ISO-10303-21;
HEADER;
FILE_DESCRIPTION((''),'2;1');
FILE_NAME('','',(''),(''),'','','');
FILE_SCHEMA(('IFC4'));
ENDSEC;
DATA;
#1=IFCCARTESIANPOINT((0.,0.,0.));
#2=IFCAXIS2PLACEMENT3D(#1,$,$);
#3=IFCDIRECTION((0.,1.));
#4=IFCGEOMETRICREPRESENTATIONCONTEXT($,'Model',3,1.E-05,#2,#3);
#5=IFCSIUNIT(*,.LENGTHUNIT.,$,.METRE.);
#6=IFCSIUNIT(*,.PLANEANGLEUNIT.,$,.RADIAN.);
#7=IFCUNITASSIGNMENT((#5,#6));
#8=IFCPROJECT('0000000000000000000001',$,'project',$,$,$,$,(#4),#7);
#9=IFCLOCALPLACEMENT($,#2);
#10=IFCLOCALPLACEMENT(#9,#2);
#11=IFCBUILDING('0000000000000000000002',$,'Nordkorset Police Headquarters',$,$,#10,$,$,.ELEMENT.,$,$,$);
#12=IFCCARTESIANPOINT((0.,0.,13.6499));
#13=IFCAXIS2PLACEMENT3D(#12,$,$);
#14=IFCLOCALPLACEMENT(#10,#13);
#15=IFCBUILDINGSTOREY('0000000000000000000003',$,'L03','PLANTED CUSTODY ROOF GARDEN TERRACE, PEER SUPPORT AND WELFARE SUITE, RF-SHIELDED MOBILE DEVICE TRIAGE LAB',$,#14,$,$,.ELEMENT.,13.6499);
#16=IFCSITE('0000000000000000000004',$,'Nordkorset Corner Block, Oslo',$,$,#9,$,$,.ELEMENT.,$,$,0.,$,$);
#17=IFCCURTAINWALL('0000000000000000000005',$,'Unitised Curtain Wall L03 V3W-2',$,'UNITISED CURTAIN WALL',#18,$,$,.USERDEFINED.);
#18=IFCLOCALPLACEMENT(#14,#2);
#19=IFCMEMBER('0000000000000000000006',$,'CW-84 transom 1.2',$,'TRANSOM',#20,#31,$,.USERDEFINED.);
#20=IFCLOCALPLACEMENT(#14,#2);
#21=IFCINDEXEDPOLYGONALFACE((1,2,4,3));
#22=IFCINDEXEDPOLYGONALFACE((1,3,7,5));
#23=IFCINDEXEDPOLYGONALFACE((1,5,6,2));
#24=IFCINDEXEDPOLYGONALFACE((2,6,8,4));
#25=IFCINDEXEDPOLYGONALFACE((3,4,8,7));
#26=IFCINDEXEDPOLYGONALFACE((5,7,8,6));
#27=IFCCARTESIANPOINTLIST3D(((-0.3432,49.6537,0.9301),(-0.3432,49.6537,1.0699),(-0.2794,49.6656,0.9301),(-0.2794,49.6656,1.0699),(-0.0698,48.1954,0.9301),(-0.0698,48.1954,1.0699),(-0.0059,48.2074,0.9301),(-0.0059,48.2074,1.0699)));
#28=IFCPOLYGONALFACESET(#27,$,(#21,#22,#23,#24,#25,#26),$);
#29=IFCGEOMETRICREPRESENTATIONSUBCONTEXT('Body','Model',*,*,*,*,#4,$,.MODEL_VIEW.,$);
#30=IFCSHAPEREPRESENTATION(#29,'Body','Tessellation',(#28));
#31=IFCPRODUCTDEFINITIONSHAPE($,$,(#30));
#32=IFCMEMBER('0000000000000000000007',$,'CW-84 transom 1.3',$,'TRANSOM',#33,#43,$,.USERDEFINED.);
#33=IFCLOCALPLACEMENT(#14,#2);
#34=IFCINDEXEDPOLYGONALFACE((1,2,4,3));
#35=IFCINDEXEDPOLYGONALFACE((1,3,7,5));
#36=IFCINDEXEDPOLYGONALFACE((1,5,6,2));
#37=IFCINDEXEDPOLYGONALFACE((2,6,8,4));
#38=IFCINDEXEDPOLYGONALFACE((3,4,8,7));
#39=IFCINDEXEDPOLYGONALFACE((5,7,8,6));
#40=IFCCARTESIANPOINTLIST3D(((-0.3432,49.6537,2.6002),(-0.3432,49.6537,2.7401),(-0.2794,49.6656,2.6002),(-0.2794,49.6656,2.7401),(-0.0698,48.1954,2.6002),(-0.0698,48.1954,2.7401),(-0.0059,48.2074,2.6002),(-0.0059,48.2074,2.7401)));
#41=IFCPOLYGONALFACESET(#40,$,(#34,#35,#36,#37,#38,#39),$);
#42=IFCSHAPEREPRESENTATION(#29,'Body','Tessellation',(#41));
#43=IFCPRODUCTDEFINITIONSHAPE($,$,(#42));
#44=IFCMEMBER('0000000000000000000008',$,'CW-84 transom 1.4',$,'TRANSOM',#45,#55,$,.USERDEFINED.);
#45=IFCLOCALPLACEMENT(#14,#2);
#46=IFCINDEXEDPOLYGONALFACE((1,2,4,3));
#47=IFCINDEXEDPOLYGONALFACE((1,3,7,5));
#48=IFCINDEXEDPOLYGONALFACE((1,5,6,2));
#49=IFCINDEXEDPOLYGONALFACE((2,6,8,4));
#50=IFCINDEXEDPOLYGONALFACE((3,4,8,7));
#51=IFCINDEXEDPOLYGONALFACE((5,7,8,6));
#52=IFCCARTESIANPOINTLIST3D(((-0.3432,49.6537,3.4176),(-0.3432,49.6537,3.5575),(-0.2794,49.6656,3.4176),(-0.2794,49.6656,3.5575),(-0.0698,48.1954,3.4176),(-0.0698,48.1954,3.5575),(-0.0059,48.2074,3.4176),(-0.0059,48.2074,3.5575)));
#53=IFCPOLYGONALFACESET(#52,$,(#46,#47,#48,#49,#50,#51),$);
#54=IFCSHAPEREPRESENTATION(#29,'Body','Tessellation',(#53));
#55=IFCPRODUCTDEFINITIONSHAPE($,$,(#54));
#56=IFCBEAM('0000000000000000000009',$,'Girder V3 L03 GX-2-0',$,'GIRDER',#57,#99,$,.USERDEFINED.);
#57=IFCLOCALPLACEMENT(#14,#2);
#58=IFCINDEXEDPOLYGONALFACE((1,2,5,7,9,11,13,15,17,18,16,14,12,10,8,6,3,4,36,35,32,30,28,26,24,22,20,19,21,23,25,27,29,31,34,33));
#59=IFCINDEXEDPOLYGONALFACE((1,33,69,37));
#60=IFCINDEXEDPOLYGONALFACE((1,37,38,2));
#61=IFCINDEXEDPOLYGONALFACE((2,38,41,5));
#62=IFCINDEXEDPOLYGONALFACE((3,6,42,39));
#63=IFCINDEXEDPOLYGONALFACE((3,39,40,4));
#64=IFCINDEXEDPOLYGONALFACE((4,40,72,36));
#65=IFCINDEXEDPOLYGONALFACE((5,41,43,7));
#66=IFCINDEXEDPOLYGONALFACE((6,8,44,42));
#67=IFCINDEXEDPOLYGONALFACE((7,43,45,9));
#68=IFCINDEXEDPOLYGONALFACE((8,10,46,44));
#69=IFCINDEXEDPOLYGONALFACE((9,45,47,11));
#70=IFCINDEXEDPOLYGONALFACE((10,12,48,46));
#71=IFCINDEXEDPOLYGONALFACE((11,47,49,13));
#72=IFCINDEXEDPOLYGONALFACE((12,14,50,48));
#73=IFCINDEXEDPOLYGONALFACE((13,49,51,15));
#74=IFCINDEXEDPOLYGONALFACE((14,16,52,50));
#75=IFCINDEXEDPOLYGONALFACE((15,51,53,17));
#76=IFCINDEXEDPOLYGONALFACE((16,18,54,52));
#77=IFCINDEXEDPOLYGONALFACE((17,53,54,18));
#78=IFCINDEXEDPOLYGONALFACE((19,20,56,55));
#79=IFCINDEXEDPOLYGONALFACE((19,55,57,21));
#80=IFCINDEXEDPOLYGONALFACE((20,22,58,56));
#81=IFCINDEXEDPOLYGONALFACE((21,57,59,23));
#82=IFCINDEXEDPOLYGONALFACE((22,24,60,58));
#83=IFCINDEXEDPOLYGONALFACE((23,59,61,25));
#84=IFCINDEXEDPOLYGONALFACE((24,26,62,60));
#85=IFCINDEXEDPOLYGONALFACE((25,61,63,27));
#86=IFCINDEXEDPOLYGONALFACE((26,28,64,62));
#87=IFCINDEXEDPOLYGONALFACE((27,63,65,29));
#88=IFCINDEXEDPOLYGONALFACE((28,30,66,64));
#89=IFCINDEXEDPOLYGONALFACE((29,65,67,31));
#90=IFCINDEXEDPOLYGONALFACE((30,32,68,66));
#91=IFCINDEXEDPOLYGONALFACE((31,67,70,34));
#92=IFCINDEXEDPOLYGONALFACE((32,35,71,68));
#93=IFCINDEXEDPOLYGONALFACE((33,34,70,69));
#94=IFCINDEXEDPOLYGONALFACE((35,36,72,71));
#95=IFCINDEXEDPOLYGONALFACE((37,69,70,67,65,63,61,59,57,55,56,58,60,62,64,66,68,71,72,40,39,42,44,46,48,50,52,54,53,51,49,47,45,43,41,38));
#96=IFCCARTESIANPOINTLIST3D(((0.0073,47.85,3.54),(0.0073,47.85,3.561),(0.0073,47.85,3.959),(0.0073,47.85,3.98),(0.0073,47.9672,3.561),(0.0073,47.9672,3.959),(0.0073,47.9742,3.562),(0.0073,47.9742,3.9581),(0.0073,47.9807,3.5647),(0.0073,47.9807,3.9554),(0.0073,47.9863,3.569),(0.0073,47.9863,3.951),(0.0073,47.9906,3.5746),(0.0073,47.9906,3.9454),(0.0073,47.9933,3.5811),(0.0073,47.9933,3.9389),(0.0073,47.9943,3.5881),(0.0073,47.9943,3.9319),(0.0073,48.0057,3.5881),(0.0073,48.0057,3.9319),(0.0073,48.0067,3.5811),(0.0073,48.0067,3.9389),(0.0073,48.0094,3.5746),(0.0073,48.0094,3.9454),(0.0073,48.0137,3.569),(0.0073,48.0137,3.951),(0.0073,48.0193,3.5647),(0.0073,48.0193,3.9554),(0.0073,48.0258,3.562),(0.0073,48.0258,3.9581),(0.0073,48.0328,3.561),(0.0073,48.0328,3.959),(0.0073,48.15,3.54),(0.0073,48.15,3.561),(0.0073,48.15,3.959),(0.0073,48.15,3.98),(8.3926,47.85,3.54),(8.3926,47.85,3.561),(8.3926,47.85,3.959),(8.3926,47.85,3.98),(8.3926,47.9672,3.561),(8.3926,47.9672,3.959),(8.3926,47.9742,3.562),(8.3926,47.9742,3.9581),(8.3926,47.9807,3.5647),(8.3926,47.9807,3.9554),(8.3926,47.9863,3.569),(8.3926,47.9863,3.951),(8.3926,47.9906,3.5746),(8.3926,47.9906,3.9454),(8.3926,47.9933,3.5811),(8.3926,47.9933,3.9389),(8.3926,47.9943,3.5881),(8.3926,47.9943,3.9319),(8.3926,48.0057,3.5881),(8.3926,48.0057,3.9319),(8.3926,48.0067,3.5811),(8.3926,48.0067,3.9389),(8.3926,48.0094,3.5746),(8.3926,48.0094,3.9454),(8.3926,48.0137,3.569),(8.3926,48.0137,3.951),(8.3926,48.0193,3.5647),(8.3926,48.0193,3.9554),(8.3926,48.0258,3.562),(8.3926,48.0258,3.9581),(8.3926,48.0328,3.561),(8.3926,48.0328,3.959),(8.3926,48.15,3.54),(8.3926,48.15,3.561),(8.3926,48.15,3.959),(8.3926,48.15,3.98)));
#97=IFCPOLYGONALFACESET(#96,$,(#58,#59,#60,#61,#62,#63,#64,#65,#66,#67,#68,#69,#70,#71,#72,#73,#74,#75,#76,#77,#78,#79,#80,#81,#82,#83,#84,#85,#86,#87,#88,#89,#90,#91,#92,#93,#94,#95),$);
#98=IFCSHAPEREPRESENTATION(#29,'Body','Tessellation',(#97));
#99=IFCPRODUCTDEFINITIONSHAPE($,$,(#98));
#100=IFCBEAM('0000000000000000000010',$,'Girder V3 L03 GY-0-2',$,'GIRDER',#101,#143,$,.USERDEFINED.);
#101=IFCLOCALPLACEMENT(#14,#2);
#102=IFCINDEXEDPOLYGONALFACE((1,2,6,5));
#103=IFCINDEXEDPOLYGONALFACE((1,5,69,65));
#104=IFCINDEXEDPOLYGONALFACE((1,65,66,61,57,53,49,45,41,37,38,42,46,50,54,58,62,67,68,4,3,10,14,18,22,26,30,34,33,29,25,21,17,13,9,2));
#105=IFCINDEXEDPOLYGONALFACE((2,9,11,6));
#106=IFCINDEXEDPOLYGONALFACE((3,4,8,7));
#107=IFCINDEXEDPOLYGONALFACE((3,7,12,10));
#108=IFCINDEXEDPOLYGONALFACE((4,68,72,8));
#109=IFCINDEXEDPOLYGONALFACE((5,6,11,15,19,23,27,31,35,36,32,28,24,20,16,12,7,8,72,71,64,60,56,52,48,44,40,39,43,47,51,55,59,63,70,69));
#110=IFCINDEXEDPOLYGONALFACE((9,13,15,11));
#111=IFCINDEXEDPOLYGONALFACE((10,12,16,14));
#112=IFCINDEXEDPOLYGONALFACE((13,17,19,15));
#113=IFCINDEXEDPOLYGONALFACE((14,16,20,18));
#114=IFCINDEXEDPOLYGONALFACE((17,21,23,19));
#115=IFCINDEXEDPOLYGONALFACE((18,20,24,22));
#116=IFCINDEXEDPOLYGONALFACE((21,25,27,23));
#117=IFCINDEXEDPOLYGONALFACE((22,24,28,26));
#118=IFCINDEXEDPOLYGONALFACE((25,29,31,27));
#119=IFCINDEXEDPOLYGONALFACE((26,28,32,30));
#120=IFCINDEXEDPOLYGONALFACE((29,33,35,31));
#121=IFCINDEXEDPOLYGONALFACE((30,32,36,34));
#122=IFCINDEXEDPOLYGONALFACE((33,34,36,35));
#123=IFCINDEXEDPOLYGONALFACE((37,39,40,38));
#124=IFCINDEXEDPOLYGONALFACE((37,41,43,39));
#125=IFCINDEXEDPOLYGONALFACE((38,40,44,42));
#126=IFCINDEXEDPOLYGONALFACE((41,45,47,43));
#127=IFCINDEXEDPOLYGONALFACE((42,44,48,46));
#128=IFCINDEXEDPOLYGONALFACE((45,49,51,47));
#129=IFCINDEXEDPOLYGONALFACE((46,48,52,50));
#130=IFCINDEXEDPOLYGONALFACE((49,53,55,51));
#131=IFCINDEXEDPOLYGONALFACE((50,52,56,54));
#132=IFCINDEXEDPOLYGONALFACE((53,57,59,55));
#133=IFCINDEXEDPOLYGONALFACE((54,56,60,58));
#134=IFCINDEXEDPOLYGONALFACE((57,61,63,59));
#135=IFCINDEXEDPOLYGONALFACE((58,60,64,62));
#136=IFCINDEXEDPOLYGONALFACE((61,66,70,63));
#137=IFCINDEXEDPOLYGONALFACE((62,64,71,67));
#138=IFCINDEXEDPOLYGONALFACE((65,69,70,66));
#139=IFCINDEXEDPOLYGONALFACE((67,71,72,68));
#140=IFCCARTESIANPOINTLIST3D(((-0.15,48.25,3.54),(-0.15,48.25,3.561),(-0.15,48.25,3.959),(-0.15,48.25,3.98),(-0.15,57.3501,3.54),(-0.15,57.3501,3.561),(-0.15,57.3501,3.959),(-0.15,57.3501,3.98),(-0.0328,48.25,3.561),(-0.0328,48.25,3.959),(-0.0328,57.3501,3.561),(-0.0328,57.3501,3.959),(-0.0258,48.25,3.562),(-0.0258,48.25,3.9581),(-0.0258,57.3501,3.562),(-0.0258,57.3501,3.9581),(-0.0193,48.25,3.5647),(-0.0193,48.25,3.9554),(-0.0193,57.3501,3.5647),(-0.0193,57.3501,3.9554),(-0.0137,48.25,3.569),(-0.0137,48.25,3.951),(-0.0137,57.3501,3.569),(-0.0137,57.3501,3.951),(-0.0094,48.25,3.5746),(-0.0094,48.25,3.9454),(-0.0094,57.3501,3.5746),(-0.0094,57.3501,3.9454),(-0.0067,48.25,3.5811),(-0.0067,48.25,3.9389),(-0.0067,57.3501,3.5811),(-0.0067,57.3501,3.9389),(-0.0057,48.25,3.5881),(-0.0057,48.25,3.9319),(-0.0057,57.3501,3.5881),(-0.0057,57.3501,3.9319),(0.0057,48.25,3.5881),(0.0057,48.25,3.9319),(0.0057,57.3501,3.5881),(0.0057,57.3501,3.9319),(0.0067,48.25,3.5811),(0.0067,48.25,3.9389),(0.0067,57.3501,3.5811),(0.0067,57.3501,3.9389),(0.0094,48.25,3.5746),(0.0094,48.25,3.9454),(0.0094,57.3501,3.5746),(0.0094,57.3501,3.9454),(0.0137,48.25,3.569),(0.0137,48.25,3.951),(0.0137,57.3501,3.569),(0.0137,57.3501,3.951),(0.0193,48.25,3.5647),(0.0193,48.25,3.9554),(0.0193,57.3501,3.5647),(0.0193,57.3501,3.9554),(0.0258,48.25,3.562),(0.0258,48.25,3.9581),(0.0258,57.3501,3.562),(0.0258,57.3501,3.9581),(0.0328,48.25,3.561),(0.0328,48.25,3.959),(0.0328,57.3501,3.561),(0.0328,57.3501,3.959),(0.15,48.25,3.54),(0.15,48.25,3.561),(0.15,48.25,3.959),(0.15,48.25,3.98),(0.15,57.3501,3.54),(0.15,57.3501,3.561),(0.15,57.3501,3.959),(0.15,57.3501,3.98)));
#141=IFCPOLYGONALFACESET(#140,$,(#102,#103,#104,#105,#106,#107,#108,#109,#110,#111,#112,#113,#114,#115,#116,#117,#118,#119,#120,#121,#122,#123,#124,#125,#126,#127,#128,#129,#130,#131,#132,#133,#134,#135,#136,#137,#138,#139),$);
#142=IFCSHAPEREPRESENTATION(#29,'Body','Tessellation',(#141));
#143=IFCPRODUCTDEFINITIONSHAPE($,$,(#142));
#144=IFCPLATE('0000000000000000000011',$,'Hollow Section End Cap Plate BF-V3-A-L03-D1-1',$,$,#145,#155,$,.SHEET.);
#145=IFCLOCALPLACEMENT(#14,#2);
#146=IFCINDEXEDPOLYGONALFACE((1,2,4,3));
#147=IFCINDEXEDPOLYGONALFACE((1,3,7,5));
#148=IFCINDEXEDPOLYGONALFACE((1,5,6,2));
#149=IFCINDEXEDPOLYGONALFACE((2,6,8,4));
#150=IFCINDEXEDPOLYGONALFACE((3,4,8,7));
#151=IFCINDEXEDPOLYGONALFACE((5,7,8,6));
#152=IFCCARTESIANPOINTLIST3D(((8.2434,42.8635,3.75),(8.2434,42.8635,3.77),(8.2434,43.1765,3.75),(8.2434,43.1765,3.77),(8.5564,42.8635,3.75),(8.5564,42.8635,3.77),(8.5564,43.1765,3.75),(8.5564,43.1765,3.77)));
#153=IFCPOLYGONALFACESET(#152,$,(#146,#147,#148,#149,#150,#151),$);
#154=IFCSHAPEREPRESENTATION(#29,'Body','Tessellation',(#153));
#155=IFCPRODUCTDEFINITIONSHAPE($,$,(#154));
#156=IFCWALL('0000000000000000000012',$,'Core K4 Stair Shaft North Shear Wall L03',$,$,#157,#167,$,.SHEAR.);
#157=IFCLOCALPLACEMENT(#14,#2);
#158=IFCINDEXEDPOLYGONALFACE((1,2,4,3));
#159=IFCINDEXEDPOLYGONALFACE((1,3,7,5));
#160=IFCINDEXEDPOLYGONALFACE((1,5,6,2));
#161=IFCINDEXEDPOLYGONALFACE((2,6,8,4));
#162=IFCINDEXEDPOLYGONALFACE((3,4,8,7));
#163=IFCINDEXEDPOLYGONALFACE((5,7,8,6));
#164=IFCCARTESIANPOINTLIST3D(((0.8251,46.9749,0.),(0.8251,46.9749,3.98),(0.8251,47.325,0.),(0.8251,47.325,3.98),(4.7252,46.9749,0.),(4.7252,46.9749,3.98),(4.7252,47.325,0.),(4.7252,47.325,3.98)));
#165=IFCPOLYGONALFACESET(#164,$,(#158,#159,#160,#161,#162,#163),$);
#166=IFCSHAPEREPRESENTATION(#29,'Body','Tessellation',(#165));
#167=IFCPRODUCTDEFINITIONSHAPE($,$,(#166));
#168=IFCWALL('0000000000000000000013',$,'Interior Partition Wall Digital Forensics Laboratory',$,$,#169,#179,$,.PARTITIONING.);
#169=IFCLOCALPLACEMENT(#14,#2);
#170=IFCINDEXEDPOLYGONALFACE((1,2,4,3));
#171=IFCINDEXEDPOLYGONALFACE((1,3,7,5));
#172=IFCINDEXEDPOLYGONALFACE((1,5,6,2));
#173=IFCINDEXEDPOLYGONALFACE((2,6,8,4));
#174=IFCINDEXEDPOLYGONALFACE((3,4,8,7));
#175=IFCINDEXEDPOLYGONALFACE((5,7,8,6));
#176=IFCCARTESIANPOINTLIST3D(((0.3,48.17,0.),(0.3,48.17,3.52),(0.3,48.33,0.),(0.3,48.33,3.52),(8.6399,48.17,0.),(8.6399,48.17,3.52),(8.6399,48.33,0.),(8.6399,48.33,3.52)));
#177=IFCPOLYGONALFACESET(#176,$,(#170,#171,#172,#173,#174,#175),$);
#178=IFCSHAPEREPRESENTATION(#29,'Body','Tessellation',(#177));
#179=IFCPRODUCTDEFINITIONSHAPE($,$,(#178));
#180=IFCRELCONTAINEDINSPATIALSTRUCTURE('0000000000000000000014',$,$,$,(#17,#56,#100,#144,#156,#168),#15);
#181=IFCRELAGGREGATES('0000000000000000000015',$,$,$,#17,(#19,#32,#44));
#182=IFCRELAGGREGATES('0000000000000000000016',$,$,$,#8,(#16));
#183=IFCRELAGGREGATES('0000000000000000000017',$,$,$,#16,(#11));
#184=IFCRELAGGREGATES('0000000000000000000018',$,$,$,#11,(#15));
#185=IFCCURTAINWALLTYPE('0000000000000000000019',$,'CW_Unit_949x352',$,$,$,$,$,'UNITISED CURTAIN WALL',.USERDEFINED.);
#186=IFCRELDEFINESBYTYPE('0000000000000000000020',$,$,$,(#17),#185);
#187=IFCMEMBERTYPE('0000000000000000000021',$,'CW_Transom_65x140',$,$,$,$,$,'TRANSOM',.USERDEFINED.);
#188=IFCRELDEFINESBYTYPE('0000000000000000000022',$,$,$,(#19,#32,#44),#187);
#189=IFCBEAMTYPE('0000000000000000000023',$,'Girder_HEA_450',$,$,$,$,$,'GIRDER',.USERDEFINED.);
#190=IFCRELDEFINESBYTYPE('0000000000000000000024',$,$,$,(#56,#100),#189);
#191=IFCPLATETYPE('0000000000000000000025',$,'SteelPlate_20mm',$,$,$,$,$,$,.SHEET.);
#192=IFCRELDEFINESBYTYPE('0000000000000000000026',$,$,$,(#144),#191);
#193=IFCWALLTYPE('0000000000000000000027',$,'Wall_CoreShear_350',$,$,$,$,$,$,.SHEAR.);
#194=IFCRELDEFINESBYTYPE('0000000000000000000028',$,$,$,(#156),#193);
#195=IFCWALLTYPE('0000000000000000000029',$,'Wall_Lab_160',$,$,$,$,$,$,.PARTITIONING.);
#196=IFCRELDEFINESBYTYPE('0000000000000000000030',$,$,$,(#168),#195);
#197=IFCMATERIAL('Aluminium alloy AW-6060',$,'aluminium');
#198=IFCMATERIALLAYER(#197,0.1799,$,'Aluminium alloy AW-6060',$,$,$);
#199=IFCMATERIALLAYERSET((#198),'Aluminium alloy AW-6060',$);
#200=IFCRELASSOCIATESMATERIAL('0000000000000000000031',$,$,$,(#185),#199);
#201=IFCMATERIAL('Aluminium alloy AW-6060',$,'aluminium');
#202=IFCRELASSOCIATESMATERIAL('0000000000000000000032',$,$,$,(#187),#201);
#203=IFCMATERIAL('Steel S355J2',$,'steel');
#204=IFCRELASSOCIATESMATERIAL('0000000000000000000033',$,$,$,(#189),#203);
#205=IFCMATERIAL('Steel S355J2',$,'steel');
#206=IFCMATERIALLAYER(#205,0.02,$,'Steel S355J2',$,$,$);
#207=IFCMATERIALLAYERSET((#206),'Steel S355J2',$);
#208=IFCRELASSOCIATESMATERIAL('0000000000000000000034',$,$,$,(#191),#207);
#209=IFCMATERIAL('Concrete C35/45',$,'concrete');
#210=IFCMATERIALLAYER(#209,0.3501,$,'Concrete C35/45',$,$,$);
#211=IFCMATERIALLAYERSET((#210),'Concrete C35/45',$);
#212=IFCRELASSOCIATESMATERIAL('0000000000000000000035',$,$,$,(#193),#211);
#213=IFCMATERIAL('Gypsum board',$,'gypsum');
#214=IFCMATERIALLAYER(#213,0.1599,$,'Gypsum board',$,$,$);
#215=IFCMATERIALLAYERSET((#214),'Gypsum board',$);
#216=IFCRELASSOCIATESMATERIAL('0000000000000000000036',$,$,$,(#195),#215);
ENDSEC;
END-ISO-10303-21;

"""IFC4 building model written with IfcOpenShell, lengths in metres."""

from ifc_helpers import new_model, si_unit, direction, frame, frame_2d, origin, origin_2d, place, context, subcontext, project, spatial, rectangle, i_section, extrude, material, layer, layer_set, material_profile, profile_set, type_object, element, aggregate, save


model = new_model("IFC4")

# Units and contexts
model_context = context("Model", 3, precision=1e-05, world=origin(), true_north=direction((0.0, 1.0)))
body_context = subcontext(model_context, "Body", "Model", "MODEL_VIEW")
ifc_project = project(units=[si_unit("LENGTHUNIT", "METRE"), si_unit("PLANEANGLEUNIT", "RADIAN")], contexts=[model_context])

# Site, building, storey
site_placement = place(None, origin())
site = spatial("IfcSite", under=ifc_project, at=site_placement, Name="Nordkorset Corner Block, Oslo", CompositionType="ELEMENT", RefElevation=0.0)
building_placement = place(site_placement, origin())
building = spatial("IfcBuilding", under=site, at=building_placement, Name="Nordkorset Police Headquarters", CompositionType="ELEMENT")
storey_placement = place(building_placement, frame((0.0, 0.0, 13.6499)))
storey = spatial("IfcBuildingStorey", under=building, at=storey_placement, Name="L03", Description="PLANTED CUSTODY ROOF GARDEN TERRACE, PEER SUPPORT AND WELFARE SUITE, RF-SHIELDED MOBILE DEVICE TRIAGE LAB", CompositionType="ELEMENT", Elevation=13.6499)

# Curtain wall, members
ifc_material_1 = material(Name="Aluminium alloy AW-6060", Category="aluminium")
ifc_layer_1 = layer(ifc_material_1, 0.1799, Name="Aluminium alloy AW-6060")
ifc_layer_set_1 = layer_set([ifc_layer_1], Name="Aluminium alloy AW-6060")
curtain_wall_type_1 = type_object("IfcCurtainWallType", Name="CW_Unit_949x352", ElementType="UNITISED CURTAIN WALL", PredefinedType="USERDEFINED", material=ifc_layer_set_1)
curtain_wall_1_placement = place(storey_placement, origin())
curtain_wall_1 = element("IfcCurtainWall", 1, at=curtain_wall_1_placement, inside=storey, type_object=curtain_wall_type_1, Name="Unitised Curtain Wall L03 V3W-2", ObjectType="UNITISED CURTAIN WALL", PredefinedType="USERDEFINED")
ifc_material_2 = material(Name="Aluminium alloy AW-6060", Category="aluminium")
ifc_material_profile_1 = material_profile(ifc_material_2, rectangle(XDim=0.0649, YDim=0.1399, at=origin_2d()), Name="ALU TRAN 65x140")
ifc_profile_set_1 = profile_set([ifc_material_profile_1], Name="Aluminium alloy AW-6060")
member_type_1 = type_object("IfcMemberType", Name="CW_Transom_65x140", ElementType="TRANSOM", PredefinedType="USERDEFINED", material=ifc_profile_set_1)
member_1_placement = place(storey_placement, frame((-0.0378, 48.2014, 1.0), z_axis=(-0.184298, 0.98287, 0.0), x_axis=(-0.98287, -0.184298, 0.0)))
member_1 = element("IfcMember", 2, at=member_1_placement, type_object=member_type_1, Name="CW-84 transom 1.2", ObjectType="TRANSOM", PredefinedType="USERDEFINED", context=body_context, shape_type="SweptSolid", body=[
    extrude(rectangle(XDim=0.0649, YDim=0.1399, at=origin_2d()), origin(), (0.0, 0.0, 1.0), 1.4836),
])
member_2_placement = place(storey_placement, frame((-0.0378, 48.2014, 2.6702), z_axis=(-0.184298, 0.98287, 0.0), x_axis=(-0.98287, -0.184298, 0.0)))
member_2 = element("IfcMember", 3, at=member_2_placement, type_object=member_type_1, Name="CW-84 transom 1.3", ObjectType="TRANSOM", PredefinedType="USERDEFINED", context=body_context, shape_type="SweptSolid", body=[
    extrude(rectangle(XDim=0.0649, YDim=0.1399, at=origin_2d()), origin(), (0.0, 0.0, 1.0), 1.4836),
])
member_3_placement = place(storey_placement, frame((-0.0378, 48.2014, 3.4875), z_axis=(-0.184298, 0.98287, 0.0), x_axis=(-0.98287, -0.184298, 0.0)))
member_3 = element("IfcMember", 4, at=member_3_placement, type_object=member_type_1, Name="CW-84 transom 1.4", ObjectType="TRANSOM", PredefinedType="USERDEFINED", context=body_context, shape_type="SweptSolid", body=[
    extrude(rectangle(XDim=0.0649, YDim=0.1399, at=origin_2d()), origin(), (0.0, 0.0, 1.0), 1.4836),
])
aggregate(curtain_wall_1, [member_1, member_2, member_3])

# Beams
ifc_material_3 = material(Name="Steel S355J2", Category="steel")
ifc_material_profile_2 = material_profile(ifc_material_3, i_section(OverallWidth=0.3, OverallDepth=0.4399, WebThickness=0.0115, FlangeThickness=0.021, FilletRadius=0.0271, at=origin_2d()), Name="HEA 450")
ifc_profile_set_2 = profile_set([ifc_material_profile_2], Name="Steel S355J2")
beam_type_1 = type_object("IfcBeamType", Name="Girder_HEA_450", ElementType="GIRDER", PredefinedType="USERDEFINED", material=ifc_profile_set_2)
beam_1_placement = place(storey_placement, frame((0.0073, 48.0, 3.76), z_axis=(1.0, 0.0, 0.0), x_axis=(0.0, 1.0, 0.0)))
element("IfcBeam", 5, at=beam_1_placement, inside=storey, type_object=beam_type_1, Name="Girder V3 L03 GX-2-0", ObjectType="GIRDER", PredefinedType="USERDEFINED", context=body_context, shape_type="SweptSolid", body=[
    extrude(i_section(OverallWidth=0.3, OverallDepth=0.4399, WebThickness=0.0115, FlangeThickness=0.021, FilletRadius=0.0271, at=origin_2d()), origin(), (0.0, 0.0, 1.0), 8.3853),
])
beam_2_placement = place(storey_placement, frame((0.0, 48.25, 3.76), z_axis=(0.0, 1.0, 0.0), x_axis=(-1.0, 0.0, 0.0)))
element("IfcBeam", 6, at=beam_2_placement, inside=storey, type_object=beam_type_1, Name="Girder V3 L03 GY-0-2", ObjectType="GIRDER", PredefinedType="USERDEFINED", context=body_context, shape_type="SweptSolid", body=[
    extrude(i_section(OverallWidth=0.3, OverallDepth=0.4399, WebThickness=0.0115, FlangeThickness=0.021, FilletRadius=0.0271, at=origin_2d()), origin(), (0.0, 0.0, 1.0), 9.1001),
])

# Plate
ifc_material_4 = material(Name="Steel S355J2", Category="steel")
ifc_layer_2 = layer(ifc_material_4, 0.02, Name="Steel S355J2")
ifc_layer_set_2 = layer_set([ifc_layer_2], Name="Steel S355J2")
plate_type = type_object("IfcPlateType", Name="SteelPlate_20mm", PredefinedType="SHEET", material=ifc_layer_set_2)
plate_placement = place(storey_placement, frame((8.3999, 43.02, 3.75), z_axis=(0.0, 0.0, 1.0), x_axis=(1.0, 0.0, 0.0)))
element("IfcPlate", 7, at=plate_placement, inside=storey, type_object=plate_type, Name="Hollow Section End Cap Plate BF-V3-A-L03-D1-1", PredefinedType="SHEET", context=body_context, shape_type="SweptSolid", body=[
    extrude(rectangle(XDim=0.313, YDim=0.313, at=origin_2d()), origin(), (0.0, 0.0, 1.0), 0.02),
])

# Walls
ifc_material_5 = material(Name="Concrete C35/45", Category="concrete")
ifc_layer_3 = layer(ifc_material_5, 0.3501, Name="Concrete C35/45")
ifc_layer_set_3 = layer_set([ifc_layer_3], Name="Concrete C35/45")
wall_type_1 = type_object("IfcWallType", Name="Wall_CoreShear_350", PredefinedType="SHEAR", material=ifc_layer_set_3)
wall_1_placement = place(storey_placement, frame((0.825, 47.1499, 0.0), z_axis=(0.0, 0.0, 1.0), x_axis=(1.0, 0.0, 0.0)))
element("IfcWall", 8, at=wall_1_placement, inside=storey, type_object=wall_type_1, Name="Core K4 Stair Shaft North Shear Wall L03", PredefinedType="SHEAR", context=body_context, shape_type="SweptSolid", body=[
    extrude(rectangle(XDim=3.9001, YDim=0.3501, at=frame_2d((1.9502, 0.0))), origin(), (0.0, 0.0, 1.0), 3.98),
])
ifc_material_6 = material(Name="Gypsum board", Category="gypsum")
ifc_layer_4 = layer(ifc_material_6, 0.1599, Name="Gypsum board")
ifc_layer_set_4 = layer_set([ifc_layer_4], Name="Gypsum board")
wall_type_2 = type_object("IfcWallType", Name="Wall_Lab_160", PredefinedType="PARTITIONING", material=ifc_layer_set_4)
wall_2_placement = place(storey_placement, frame((0.3, 48.25, 0.0), z_axis=(0.0, 0.0, 1.0), x_axis=(1.0, 0.0, 0.0)))
element("IfcWall", 9, at=wall_2_placement, inside=storey, type_object=wall_type_2, Name="Interior Partition Wall Digital Forensics Laboratory", PredefinedType="PARTITIONING", context=body_context, shape_type="SweptSolid", body=[
    extrude(rectangle(XDim=8.3398, YDim=0.1599, at=frame_2d((4.1699, 0.0))), origin(), (0.0, 0.0, 1.0), 3.52),
])

save(model, "model.ifc")
